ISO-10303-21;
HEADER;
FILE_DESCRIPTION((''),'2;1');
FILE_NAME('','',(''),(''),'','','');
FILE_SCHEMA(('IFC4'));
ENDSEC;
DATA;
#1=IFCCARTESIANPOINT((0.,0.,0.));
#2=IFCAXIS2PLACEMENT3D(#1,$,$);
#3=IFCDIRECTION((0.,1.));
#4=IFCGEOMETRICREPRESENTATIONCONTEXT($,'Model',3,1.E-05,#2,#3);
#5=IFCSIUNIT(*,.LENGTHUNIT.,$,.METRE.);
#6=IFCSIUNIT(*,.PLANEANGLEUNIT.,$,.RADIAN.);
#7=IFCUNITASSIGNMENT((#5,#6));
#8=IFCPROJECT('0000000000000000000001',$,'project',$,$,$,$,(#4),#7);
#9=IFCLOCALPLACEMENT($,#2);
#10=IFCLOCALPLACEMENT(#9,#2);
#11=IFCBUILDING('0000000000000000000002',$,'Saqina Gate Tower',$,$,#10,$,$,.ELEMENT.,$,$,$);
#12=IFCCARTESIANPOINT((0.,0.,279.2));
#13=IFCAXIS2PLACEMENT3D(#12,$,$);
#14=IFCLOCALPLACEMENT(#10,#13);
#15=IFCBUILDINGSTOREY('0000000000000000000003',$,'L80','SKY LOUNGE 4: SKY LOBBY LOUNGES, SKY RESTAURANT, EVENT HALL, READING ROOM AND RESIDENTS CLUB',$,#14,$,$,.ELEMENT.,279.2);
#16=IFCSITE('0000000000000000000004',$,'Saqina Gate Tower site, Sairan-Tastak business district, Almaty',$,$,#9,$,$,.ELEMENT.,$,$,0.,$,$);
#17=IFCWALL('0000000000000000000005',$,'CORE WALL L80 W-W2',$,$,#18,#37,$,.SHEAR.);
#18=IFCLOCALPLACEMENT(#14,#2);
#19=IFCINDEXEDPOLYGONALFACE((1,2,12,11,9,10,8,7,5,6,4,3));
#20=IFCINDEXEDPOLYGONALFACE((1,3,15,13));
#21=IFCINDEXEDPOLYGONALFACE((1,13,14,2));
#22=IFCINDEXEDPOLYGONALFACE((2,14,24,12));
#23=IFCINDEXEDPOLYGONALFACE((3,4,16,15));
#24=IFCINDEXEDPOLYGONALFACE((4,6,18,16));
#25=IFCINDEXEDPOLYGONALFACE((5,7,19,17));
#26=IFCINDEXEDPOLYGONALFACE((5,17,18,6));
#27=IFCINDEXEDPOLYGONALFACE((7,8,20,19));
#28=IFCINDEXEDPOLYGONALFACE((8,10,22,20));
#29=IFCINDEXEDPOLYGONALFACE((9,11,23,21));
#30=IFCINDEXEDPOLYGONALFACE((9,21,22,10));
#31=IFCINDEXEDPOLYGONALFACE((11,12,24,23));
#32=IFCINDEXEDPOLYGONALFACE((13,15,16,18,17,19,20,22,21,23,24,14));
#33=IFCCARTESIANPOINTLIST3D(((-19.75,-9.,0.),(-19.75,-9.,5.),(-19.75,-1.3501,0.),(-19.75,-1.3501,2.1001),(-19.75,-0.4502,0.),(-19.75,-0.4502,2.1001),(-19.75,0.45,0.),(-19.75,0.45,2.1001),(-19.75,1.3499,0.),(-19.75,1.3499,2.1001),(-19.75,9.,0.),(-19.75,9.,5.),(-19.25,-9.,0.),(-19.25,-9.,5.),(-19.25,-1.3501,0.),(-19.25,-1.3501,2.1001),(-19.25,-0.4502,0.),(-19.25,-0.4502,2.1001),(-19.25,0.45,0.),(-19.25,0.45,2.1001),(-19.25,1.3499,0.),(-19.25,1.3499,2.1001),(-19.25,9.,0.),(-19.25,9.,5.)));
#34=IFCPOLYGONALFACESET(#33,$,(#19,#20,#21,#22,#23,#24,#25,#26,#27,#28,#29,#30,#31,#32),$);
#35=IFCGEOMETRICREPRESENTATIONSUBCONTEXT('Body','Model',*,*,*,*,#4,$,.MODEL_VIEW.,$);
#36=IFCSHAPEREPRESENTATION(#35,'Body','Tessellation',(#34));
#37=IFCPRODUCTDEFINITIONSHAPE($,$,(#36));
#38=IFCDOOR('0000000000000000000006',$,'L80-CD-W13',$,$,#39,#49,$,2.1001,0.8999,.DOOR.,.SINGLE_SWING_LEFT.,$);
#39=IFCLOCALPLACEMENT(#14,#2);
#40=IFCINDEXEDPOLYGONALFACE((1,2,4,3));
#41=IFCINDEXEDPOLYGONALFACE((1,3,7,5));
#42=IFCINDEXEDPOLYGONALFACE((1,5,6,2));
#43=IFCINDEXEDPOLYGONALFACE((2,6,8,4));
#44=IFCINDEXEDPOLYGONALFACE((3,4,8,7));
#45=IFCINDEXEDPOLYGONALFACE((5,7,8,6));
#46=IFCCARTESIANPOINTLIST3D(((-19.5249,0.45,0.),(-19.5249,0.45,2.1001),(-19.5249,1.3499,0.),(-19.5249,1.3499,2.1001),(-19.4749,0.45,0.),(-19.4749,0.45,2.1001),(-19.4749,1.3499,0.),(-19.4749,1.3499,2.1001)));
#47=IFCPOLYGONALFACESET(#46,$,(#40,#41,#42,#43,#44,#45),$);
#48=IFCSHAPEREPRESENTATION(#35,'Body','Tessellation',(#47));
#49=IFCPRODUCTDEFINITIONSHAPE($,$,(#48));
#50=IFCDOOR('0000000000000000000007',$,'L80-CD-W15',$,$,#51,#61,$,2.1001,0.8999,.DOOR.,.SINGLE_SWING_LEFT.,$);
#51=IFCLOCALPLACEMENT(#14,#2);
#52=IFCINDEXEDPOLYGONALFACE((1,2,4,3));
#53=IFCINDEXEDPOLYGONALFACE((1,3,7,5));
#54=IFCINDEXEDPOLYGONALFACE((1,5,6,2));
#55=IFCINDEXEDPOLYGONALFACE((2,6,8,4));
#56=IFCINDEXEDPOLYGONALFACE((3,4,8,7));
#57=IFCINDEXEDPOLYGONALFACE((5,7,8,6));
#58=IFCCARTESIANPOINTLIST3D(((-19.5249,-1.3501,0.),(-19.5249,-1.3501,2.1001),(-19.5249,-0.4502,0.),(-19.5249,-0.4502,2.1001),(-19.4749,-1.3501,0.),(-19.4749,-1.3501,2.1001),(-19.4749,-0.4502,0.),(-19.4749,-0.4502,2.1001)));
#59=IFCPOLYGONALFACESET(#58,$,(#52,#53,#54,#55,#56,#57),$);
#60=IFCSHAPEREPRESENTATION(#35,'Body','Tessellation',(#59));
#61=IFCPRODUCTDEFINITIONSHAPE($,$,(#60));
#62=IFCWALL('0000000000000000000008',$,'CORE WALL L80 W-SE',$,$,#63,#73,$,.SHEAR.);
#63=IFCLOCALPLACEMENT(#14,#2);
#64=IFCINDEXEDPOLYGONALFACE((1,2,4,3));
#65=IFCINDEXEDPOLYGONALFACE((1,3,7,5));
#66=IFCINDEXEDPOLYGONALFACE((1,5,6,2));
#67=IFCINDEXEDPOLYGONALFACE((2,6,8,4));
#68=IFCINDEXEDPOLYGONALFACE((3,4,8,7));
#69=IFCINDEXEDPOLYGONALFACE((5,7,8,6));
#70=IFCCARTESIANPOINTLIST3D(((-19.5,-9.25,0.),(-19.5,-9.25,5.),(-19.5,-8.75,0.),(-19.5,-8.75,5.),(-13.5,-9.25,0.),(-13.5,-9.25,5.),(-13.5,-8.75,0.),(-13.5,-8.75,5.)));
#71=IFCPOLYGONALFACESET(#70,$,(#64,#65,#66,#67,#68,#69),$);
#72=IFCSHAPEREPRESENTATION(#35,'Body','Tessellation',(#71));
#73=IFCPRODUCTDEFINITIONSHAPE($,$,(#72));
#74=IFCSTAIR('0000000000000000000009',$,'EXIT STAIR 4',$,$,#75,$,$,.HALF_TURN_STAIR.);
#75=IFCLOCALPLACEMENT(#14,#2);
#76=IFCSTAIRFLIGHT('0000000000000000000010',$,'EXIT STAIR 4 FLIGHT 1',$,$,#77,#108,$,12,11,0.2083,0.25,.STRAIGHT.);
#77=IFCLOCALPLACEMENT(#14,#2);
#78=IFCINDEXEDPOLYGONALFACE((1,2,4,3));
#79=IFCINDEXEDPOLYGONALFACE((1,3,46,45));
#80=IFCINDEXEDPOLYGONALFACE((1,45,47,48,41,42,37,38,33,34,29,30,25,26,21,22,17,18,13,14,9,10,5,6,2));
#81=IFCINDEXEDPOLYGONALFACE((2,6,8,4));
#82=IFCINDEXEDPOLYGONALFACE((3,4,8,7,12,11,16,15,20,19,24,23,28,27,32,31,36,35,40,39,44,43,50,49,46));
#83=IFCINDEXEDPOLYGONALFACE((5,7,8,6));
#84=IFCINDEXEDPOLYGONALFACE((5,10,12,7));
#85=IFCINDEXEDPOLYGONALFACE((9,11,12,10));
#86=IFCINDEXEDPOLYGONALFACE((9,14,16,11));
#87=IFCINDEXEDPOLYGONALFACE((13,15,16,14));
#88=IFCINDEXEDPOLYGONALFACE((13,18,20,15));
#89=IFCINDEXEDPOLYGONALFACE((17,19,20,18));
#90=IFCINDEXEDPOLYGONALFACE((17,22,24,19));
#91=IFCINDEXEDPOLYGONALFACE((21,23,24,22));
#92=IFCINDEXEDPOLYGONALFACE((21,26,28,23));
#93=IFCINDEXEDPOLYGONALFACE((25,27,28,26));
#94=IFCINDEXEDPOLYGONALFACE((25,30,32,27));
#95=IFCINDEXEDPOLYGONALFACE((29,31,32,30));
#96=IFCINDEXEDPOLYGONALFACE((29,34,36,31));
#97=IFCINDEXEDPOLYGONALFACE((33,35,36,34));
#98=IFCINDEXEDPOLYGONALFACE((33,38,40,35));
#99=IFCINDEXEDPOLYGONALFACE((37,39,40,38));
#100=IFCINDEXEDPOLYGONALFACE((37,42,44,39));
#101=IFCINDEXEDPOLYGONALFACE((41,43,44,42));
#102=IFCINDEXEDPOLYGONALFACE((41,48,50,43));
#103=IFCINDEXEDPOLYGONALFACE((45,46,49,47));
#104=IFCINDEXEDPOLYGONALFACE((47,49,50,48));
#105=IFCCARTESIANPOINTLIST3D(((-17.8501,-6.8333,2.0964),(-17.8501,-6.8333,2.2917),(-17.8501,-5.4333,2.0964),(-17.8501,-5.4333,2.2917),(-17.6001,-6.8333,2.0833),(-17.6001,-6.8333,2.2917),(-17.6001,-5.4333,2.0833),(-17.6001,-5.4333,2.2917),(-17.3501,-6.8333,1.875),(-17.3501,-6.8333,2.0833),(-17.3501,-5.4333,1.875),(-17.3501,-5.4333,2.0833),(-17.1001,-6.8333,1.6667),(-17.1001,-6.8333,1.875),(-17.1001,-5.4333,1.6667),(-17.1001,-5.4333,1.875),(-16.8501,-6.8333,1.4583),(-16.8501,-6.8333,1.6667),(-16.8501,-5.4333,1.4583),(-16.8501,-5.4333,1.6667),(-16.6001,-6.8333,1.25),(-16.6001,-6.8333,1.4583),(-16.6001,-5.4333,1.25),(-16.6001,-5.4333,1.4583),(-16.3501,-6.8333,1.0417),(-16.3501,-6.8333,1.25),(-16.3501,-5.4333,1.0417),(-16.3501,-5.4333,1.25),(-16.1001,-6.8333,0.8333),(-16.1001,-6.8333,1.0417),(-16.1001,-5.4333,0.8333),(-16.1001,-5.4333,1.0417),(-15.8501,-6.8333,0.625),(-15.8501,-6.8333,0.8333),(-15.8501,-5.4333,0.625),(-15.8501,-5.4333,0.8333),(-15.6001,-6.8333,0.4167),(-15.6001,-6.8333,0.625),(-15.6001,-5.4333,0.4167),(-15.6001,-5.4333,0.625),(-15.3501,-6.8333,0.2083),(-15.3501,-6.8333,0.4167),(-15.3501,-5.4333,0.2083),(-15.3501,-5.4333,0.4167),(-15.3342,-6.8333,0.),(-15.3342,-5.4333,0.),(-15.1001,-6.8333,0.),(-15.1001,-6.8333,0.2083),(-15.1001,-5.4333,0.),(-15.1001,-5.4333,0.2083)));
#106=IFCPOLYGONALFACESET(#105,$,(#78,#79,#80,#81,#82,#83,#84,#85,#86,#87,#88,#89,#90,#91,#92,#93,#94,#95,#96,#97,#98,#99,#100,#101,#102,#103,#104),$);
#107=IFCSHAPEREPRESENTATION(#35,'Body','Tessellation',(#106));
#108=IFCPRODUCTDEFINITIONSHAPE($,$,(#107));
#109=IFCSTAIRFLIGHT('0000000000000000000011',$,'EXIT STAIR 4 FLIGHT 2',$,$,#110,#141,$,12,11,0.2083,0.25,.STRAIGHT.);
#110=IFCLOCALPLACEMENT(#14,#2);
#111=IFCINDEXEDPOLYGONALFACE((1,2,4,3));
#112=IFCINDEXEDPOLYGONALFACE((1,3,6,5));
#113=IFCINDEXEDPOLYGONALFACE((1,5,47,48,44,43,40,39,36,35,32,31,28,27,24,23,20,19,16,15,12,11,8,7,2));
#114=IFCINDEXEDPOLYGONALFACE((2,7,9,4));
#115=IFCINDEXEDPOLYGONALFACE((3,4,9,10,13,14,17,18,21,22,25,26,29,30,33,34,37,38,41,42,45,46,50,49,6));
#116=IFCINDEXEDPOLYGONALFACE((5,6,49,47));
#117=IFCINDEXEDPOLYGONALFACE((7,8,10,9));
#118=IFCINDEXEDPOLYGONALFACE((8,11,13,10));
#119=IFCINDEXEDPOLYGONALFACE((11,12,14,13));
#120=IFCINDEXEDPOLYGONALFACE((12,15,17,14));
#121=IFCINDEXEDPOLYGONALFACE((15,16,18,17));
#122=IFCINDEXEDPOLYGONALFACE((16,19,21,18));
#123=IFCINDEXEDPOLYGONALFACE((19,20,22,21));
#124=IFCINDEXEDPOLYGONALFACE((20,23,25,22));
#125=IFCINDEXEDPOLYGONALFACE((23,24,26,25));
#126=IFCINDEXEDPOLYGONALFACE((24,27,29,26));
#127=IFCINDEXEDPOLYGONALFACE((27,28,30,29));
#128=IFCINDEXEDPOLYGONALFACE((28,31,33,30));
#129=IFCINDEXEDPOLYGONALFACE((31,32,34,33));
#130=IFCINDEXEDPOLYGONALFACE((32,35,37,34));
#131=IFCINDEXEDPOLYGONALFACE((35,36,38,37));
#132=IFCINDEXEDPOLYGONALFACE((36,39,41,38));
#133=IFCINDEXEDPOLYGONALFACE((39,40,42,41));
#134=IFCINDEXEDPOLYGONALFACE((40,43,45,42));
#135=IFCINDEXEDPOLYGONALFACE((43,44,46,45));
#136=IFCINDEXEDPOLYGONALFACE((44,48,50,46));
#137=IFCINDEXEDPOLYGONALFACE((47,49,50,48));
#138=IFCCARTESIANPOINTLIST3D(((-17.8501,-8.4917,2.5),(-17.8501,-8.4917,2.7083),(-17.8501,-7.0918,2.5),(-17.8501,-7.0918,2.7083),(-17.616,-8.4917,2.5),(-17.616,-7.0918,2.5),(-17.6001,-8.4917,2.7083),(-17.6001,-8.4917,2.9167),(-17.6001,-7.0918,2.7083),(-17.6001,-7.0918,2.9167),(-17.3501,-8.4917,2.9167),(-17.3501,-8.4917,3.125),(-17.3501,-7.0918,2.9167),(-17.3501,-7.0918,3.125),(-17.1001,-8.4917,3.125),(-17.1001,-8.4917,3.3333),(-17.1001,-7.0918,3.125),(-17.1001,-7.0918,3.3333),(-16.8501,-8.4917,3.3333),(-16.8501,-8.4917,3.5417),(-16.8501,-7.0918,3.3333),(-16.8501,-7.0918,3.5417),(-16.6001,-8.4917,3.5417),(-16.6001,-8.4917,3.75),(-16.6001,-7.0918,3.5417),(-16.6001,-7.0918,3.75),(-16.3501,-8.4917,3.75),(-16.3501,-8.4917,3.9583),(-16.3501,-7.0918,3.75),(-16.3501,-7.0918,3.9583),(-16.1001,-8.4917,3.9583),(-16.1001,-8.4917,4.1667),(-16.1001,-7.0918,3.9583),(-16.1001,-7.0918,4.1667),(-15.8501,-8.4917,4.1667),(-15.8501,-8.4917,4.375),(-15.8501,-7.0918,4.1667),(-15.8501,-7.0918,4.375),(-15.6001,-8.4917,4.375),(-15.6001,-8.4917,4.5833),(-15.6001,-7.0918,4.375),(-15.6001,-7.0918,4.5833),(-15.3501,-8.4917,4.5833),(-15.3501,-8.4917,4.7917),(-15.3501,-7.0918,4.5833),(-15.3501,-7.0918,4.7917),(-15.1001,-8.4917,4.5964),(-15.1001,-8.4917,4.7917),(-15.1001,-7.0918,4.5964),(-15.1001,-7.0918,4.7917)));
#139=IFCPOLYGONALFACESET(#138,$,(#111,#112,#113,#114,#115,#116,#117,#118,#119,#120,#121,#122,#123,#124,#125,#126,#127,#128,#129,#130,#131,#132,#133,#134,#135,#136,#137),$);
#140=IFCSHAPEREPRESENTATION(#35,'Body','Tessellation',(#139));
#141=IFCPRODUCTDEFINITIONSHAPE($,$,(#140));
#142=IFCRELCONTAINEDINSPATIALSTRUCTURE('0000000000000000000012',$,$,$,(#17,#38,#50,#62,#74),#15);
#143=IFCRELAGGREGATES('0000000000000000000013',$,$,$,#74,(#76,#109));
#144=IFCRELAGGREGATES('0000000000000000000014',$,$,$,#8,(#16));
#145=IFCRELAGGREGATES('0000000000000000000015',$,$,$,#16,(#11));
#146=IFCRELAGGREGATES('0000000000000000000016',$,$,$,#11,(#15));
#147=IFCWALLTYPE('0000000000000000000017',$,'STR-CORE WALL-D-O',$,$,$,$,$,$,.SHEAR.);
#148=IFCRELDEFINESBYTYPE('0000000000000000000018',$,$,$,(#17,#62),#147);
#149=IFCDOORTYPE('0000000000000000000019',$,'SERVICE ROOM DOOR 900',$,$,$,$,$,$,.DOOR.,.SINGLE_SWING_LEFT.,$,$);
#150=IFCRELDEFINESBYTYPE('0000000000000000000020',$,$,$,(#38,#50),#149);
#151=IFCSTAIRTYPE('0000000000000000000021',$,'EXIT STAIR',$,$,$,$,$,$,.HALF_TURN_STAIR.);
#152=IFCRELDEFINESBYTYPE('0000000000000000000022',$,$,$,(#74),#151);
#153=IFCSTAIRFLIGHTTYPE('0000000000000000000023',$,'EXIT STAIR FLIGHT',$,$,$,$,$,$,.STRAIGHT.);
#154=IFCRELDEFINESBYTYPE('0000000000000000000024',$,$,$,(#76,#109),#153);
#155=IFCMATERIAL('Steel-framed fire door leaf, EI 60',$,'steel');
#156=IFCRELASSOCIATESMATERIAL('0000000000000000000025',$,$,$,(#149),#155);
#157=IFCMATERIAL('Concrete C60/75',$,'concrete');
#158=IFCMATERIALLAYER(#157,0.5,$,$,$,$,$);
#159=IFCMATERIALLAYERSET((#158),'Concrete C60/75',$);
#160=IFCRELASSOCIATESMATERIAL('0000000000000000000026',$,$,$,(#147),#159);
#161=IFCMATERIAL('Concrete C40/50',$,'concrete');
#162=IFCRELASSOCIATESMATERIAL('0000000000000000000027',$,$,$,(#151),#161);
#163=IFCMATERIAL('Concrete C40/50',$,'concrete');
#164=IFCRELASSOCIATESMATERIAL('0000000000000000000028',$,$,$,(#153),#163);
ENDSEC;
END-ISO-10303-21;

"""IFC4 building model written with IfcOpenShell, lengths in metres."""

from ifc_helpers import new_model, si_unit, direction, frame, frame_2d, origin, place, context, subcontext, project, spatial, polyline, rectangle, outline, extrude, material, layer, layer_set, type_object, element, fill, aggregate, save


model = new_model("IFC4")

# Units and contexts
model_context = context("Model", 3, precision=1e-05, world=origin(), true_north=direction((0.0, 1.0)))
body_context = subcontext(model_context, "Body", "Model", "MODEL_VIEW")
ifc_project = project(units=[si_unit("LENGTHUNIT", "METRE"), si_unit("PLANEANGLEUNIT", "RADIAN")], contexts=[model_context])

# Site, building, storey
site_placement = place(None, origin())
site = spatial("IfcSite", under=ifc_project, at=site_placement, Name="Saqina Gate Tower site, Sairan-Tastak business district, Almaty", CompositionType="ELEMENT", RefElevation=0.0)
building_placement = place(site_placement, origin())
building = spatial("IfcBuilding", under=site, at=building_placement, Name="Saqina Gate Tower", CompositionType="ELEMENT")
storey_placement = place(building_placement, frame((0.0, 0.0, 279.2)))
storey = spatial("IfcBuildingStorey", under=building, at=storey_placement, Name="L80", Description="SKY LOUNGE 4: SKY LOBBY LOUNGES, SKY RESTAURANT, EVENT HALL, READING ROOM AND RESIDENTS CLUB", CompositionType="ELEMENT", Elevation=279.2)

# Shared definitions
ifc_material_1 = material(Name="Steel-framed fire door leaf, EI 60", Category="steel")
door_type_1 = type_object("IfcDoorType", Name="SERVICE ROOM DOOR 900", OperationType="SINGLE_SWING_LEFT", PredefinedType="DOOR", material=ifc_material_1)

# Wall, openings, doors
ifc_material_2 = material(Name="Concrete C60/75", Category="concrete")
ifc_layer_1 = layer(ifc_material_2, 0.5)
ifc_layer_set_1 = layer_set([ifc_layer_1], Name="Concrete C60/75")
wall_type_1 = type_object("IfcWallType", Name="STR-CORE WALL-D-O", PredefinedType="SHEAR", material=ifc_layer_set_1)
wall_1_placement = place(storey_placement, frame((-19.5, -9.0, 0.0), z_axis=(0.0, 0.0, 1.0), x_axis=(0.0, 1.0, 0.0)))
wall_1 = element("IfcWall", 1, at=wall_1_placement, inside=storey, type_object=wall_type_1, Name="CORE WALL L80 W-W2", PredefinedType="SHEAR", context=body_context, shape_type="SweptSolid", body=[
    extrude(rectangle(XDim=18.0, YDim=0.5, at=frame_2d((9.0, 0.0))), origin(), (0.0, 0.0, 1.0), 5.0),
])
opening_1_placement = place(wall_1_placement, frame((9.45, 0.0, 0.0)))
opening_1 = element("IfcOpeningElement", 2, at=opening_1_placement, cuts=wall_1, PredefinedType="OPENING", context=body_context, shape_type="SweptSolid", body=[
    extrude(rectangle(XDim=0.8999, YDim=2.1001, at=frame_2d((0.45, 1.05))), frame((0.0, 0.262, 0.0), z_axis=(0.0, -1.0, 0.0), x_axis=(1.0, 0.0, 0.0)), (0.0, 0.0, 1.0), 0.5239),
])
opening_2_placement = place(wall_1_placement, frame((7.6499, 0.0, 0.0)))
opening_2 = element("IfcOpeningElement", 3, at=opening_2_placement, cuts=wall_1, PredefinedType="OPENING", context=body_context, shape_type="SweptSolid", body=[
    extrude(rectangle(XDim=0.8999, YDim=2.1001, at=frame_2d((0.45, 1.05))), frame((0.0, 0.262, 0.0), z_axis=(0.0, -1.0, 0.0), x_axis=(1.0, 0.0, 0.0)), (0.0, 0.0, 1.0), 0.5239),
])
door_1_placement = place(opening_1_placement, origin())
door_1 = element("IfcDoor", 4, at=door_1_placement, inside=storey, type_object=door_type_1, Name="L80-CD-W13", OperationType="SINGLE_SWING_LEFT", OverallHeight=2.1001, OverallWidth=0.8999, PredefinedType="DOOR", context=body_context, shape_type="SweptSolid", body=[
    extrude(rectangle(XDim=0.8999, YDim=2.1001, at=frame_2d((0.45, 1.05))), frame((0.0, 0.0249, 0.0), z_axis=(0.0, -1.0, 0.0), x_axis=(1.0, 0.0, 0.0)), (0.0, 0.0, 1.0), 0.05),
])
fill(opening_1, door_1)
door_2_placement = place(opening_2_placement, origin())
door_2 = element("IfcDoor", 5, at=door_2_placement, inside=storey, type_object=door_type_1, Name="L80-CD-W15", OperationType="SINGLE_SWING_LEFT", OverallHeight=2.1001, OverallWidth=0.8999, PredefinedType="DOOR", context=body_context, shape_type="SweptSolid", body=[
    extrude(rectangle(XDim=0.8999, YDim=2.1001, at=frame_2d((0.45, 1.05))), frame((0.0, 0.0249, 0.0), z_axis=(0.0, -1.0, 0.0), x_axis=(1.0, 0.0, 0.0)), (0.0, 0.0, 1.0), 0.05),
])
fill(opening_2, door_2)

# Wall
wall_2_placement = place(storey_placement, frame((-13.5, -9.0, 0.0), z_axis=(0.0, 0.0, 1.0), x_axis=(-1.0, 0.0, 0.0)))
element("IfcWall", 6, at=wall_2_placement, inside=storey, type_object=wall_type_1, Name="CORE WALL L80 W-SE", PredefinedType="SHEAR", context=body_context, shape_type="SweptSolid", body=[
    extrude(rectangle(XDim=6.0, YDim=0.5, at=frame_2d((3.0, 0.0))), origin(), (0.0, 0.0, 1.0), 5.0),
])

# Stair, stair flights
ifc_material_3 = material(Name="Concrete C40/50", Category="concrete")
stair_type = type_object("IfcStairType", Name="EXIT STAIR", PredefinedType="HALF_TURN_STAIR", material=ifc_material_3)
stair_placement = place(storey_placement, origin())
stair = element("IfcStair", 7, at=stair_placement, inside=storey, type_object=stair_type, Name="EXIT STAIR 4", PredefinedType="HALF_TURN_STAIR")
ifc_material_4 = material(Name="Concrete C40/50", Category="concrete")
stair_flight_type = type_object("IfcStairFlightType", Name="EXIT STAIR FLIGHT", PredefinedType="STRAIGHT", material=ifc_material_4)
stair_flight_1_placement = place(storey_placement, frame((-15.1001, -6.1333, 0.0), z_axis=(0.0, 0.0, 1.0), x_axis=(-1.0, 0.0, 0.0)))
stair_flight_1 = element("IfcStairFlight", 8, at=stair_flight_1_placement, type_object=stair_flight_type, Name="EXIT STAIR 4 FLIGHT 1", NumberOfRisers=12, NumberOfTreads=11, PredefinedType="STRAIGHT", RiserHeight=0.2083, TreadLength=0.25, context=body_context, shape_type="SweptSolid", body=[
    extrude(outline(polyline([(0.0, 0.0), (0.0, 0.2083), (0.25, 0.2083), (0.25, 0.4167), (0.5, 0.4167), (0.5, 0.625), (0.75, 0.625), (0.75, 0.8333), (1.0, 0.8333), (1.0, 1.0417), (1.25, 1.0417), (1.25, 1.25), (1.5, 1.25), (1.5, 1.4583), (1.75, 1.4583), (1.75, 1.6667), (2.0, 1.6667), (2.0, 1.875), (2.25, 1.875), (2.25, 2.0833), (2.5, 2.0833), (2.5, 2.2917), (2.75, 2.2917), (2.75, 2.5), (2.75, 2.0964), (0.2341, 0.0), (0.0, 0.0)])), frame((0.0, 0.7, 0.0), z_axis=(0.0, -1.0, 0.0), x_axis=(1.0, 0.0, 0.0)), (0.0, 0.0, 1.0), 1.3999),
])
stair_flight_2_placement = place(storey_placement, frame((-17.8501, -7.7917, 2.5), z_axis=(0.0, 0.0, 1.0), x_axis=(1.0, 0.0, 0.0)))
stair_flight_2 = element("IfcStairFlight", 9, at=stair_flight_2_placement, type_object=stair_flight_type, Name="EXIT STAIR 4 FLIGHT 2", NumberOfRisers=12, NumberOfTreads=11, PredefinedType="STRAIGHT", RiserHeight=0.2083, TreadLength=0.25, context=body_context, shape_type="SweptSolid", body=[
    extrude(outline(polyline([(0.0, 0.0), (0.0, 0.2083), (0.25, 0.2083), (0.25, 0.4167), (0.5, 0.4167), (0.5, 0.625), (0.75, 0.625), (0.75, 0.8333), (1.0, 0.8333), (1.0, 1.0417), (1.25, 1.0417), (1.25, 1.25), (1.5, 1.25), (1.5, 1.4583), (1.75, 1.4583), (1.75, 1.6667), (2.0, 1.6667), (2.0, 1.875), (2.25, 1.875), (2.25, 2.0833), (2.5, 2.0833), (2.5, 2.2917), (2.75, 2.2917), (2.75, 2.5), (2.75, 2.0964), (0.2341, 0.0), (0.0, 0.0)])), frame((0.0, 0.7, 0.0), z_axis=(0.0, -1.0, 0.0), x_axis=(1.0, 0.0, 0.0)), (0.0, 0.0, 1.0), 1.3999),
])
aggregate(stair, [stair_flight_1, stair_flight_2])

save(model, "model.ifc")
